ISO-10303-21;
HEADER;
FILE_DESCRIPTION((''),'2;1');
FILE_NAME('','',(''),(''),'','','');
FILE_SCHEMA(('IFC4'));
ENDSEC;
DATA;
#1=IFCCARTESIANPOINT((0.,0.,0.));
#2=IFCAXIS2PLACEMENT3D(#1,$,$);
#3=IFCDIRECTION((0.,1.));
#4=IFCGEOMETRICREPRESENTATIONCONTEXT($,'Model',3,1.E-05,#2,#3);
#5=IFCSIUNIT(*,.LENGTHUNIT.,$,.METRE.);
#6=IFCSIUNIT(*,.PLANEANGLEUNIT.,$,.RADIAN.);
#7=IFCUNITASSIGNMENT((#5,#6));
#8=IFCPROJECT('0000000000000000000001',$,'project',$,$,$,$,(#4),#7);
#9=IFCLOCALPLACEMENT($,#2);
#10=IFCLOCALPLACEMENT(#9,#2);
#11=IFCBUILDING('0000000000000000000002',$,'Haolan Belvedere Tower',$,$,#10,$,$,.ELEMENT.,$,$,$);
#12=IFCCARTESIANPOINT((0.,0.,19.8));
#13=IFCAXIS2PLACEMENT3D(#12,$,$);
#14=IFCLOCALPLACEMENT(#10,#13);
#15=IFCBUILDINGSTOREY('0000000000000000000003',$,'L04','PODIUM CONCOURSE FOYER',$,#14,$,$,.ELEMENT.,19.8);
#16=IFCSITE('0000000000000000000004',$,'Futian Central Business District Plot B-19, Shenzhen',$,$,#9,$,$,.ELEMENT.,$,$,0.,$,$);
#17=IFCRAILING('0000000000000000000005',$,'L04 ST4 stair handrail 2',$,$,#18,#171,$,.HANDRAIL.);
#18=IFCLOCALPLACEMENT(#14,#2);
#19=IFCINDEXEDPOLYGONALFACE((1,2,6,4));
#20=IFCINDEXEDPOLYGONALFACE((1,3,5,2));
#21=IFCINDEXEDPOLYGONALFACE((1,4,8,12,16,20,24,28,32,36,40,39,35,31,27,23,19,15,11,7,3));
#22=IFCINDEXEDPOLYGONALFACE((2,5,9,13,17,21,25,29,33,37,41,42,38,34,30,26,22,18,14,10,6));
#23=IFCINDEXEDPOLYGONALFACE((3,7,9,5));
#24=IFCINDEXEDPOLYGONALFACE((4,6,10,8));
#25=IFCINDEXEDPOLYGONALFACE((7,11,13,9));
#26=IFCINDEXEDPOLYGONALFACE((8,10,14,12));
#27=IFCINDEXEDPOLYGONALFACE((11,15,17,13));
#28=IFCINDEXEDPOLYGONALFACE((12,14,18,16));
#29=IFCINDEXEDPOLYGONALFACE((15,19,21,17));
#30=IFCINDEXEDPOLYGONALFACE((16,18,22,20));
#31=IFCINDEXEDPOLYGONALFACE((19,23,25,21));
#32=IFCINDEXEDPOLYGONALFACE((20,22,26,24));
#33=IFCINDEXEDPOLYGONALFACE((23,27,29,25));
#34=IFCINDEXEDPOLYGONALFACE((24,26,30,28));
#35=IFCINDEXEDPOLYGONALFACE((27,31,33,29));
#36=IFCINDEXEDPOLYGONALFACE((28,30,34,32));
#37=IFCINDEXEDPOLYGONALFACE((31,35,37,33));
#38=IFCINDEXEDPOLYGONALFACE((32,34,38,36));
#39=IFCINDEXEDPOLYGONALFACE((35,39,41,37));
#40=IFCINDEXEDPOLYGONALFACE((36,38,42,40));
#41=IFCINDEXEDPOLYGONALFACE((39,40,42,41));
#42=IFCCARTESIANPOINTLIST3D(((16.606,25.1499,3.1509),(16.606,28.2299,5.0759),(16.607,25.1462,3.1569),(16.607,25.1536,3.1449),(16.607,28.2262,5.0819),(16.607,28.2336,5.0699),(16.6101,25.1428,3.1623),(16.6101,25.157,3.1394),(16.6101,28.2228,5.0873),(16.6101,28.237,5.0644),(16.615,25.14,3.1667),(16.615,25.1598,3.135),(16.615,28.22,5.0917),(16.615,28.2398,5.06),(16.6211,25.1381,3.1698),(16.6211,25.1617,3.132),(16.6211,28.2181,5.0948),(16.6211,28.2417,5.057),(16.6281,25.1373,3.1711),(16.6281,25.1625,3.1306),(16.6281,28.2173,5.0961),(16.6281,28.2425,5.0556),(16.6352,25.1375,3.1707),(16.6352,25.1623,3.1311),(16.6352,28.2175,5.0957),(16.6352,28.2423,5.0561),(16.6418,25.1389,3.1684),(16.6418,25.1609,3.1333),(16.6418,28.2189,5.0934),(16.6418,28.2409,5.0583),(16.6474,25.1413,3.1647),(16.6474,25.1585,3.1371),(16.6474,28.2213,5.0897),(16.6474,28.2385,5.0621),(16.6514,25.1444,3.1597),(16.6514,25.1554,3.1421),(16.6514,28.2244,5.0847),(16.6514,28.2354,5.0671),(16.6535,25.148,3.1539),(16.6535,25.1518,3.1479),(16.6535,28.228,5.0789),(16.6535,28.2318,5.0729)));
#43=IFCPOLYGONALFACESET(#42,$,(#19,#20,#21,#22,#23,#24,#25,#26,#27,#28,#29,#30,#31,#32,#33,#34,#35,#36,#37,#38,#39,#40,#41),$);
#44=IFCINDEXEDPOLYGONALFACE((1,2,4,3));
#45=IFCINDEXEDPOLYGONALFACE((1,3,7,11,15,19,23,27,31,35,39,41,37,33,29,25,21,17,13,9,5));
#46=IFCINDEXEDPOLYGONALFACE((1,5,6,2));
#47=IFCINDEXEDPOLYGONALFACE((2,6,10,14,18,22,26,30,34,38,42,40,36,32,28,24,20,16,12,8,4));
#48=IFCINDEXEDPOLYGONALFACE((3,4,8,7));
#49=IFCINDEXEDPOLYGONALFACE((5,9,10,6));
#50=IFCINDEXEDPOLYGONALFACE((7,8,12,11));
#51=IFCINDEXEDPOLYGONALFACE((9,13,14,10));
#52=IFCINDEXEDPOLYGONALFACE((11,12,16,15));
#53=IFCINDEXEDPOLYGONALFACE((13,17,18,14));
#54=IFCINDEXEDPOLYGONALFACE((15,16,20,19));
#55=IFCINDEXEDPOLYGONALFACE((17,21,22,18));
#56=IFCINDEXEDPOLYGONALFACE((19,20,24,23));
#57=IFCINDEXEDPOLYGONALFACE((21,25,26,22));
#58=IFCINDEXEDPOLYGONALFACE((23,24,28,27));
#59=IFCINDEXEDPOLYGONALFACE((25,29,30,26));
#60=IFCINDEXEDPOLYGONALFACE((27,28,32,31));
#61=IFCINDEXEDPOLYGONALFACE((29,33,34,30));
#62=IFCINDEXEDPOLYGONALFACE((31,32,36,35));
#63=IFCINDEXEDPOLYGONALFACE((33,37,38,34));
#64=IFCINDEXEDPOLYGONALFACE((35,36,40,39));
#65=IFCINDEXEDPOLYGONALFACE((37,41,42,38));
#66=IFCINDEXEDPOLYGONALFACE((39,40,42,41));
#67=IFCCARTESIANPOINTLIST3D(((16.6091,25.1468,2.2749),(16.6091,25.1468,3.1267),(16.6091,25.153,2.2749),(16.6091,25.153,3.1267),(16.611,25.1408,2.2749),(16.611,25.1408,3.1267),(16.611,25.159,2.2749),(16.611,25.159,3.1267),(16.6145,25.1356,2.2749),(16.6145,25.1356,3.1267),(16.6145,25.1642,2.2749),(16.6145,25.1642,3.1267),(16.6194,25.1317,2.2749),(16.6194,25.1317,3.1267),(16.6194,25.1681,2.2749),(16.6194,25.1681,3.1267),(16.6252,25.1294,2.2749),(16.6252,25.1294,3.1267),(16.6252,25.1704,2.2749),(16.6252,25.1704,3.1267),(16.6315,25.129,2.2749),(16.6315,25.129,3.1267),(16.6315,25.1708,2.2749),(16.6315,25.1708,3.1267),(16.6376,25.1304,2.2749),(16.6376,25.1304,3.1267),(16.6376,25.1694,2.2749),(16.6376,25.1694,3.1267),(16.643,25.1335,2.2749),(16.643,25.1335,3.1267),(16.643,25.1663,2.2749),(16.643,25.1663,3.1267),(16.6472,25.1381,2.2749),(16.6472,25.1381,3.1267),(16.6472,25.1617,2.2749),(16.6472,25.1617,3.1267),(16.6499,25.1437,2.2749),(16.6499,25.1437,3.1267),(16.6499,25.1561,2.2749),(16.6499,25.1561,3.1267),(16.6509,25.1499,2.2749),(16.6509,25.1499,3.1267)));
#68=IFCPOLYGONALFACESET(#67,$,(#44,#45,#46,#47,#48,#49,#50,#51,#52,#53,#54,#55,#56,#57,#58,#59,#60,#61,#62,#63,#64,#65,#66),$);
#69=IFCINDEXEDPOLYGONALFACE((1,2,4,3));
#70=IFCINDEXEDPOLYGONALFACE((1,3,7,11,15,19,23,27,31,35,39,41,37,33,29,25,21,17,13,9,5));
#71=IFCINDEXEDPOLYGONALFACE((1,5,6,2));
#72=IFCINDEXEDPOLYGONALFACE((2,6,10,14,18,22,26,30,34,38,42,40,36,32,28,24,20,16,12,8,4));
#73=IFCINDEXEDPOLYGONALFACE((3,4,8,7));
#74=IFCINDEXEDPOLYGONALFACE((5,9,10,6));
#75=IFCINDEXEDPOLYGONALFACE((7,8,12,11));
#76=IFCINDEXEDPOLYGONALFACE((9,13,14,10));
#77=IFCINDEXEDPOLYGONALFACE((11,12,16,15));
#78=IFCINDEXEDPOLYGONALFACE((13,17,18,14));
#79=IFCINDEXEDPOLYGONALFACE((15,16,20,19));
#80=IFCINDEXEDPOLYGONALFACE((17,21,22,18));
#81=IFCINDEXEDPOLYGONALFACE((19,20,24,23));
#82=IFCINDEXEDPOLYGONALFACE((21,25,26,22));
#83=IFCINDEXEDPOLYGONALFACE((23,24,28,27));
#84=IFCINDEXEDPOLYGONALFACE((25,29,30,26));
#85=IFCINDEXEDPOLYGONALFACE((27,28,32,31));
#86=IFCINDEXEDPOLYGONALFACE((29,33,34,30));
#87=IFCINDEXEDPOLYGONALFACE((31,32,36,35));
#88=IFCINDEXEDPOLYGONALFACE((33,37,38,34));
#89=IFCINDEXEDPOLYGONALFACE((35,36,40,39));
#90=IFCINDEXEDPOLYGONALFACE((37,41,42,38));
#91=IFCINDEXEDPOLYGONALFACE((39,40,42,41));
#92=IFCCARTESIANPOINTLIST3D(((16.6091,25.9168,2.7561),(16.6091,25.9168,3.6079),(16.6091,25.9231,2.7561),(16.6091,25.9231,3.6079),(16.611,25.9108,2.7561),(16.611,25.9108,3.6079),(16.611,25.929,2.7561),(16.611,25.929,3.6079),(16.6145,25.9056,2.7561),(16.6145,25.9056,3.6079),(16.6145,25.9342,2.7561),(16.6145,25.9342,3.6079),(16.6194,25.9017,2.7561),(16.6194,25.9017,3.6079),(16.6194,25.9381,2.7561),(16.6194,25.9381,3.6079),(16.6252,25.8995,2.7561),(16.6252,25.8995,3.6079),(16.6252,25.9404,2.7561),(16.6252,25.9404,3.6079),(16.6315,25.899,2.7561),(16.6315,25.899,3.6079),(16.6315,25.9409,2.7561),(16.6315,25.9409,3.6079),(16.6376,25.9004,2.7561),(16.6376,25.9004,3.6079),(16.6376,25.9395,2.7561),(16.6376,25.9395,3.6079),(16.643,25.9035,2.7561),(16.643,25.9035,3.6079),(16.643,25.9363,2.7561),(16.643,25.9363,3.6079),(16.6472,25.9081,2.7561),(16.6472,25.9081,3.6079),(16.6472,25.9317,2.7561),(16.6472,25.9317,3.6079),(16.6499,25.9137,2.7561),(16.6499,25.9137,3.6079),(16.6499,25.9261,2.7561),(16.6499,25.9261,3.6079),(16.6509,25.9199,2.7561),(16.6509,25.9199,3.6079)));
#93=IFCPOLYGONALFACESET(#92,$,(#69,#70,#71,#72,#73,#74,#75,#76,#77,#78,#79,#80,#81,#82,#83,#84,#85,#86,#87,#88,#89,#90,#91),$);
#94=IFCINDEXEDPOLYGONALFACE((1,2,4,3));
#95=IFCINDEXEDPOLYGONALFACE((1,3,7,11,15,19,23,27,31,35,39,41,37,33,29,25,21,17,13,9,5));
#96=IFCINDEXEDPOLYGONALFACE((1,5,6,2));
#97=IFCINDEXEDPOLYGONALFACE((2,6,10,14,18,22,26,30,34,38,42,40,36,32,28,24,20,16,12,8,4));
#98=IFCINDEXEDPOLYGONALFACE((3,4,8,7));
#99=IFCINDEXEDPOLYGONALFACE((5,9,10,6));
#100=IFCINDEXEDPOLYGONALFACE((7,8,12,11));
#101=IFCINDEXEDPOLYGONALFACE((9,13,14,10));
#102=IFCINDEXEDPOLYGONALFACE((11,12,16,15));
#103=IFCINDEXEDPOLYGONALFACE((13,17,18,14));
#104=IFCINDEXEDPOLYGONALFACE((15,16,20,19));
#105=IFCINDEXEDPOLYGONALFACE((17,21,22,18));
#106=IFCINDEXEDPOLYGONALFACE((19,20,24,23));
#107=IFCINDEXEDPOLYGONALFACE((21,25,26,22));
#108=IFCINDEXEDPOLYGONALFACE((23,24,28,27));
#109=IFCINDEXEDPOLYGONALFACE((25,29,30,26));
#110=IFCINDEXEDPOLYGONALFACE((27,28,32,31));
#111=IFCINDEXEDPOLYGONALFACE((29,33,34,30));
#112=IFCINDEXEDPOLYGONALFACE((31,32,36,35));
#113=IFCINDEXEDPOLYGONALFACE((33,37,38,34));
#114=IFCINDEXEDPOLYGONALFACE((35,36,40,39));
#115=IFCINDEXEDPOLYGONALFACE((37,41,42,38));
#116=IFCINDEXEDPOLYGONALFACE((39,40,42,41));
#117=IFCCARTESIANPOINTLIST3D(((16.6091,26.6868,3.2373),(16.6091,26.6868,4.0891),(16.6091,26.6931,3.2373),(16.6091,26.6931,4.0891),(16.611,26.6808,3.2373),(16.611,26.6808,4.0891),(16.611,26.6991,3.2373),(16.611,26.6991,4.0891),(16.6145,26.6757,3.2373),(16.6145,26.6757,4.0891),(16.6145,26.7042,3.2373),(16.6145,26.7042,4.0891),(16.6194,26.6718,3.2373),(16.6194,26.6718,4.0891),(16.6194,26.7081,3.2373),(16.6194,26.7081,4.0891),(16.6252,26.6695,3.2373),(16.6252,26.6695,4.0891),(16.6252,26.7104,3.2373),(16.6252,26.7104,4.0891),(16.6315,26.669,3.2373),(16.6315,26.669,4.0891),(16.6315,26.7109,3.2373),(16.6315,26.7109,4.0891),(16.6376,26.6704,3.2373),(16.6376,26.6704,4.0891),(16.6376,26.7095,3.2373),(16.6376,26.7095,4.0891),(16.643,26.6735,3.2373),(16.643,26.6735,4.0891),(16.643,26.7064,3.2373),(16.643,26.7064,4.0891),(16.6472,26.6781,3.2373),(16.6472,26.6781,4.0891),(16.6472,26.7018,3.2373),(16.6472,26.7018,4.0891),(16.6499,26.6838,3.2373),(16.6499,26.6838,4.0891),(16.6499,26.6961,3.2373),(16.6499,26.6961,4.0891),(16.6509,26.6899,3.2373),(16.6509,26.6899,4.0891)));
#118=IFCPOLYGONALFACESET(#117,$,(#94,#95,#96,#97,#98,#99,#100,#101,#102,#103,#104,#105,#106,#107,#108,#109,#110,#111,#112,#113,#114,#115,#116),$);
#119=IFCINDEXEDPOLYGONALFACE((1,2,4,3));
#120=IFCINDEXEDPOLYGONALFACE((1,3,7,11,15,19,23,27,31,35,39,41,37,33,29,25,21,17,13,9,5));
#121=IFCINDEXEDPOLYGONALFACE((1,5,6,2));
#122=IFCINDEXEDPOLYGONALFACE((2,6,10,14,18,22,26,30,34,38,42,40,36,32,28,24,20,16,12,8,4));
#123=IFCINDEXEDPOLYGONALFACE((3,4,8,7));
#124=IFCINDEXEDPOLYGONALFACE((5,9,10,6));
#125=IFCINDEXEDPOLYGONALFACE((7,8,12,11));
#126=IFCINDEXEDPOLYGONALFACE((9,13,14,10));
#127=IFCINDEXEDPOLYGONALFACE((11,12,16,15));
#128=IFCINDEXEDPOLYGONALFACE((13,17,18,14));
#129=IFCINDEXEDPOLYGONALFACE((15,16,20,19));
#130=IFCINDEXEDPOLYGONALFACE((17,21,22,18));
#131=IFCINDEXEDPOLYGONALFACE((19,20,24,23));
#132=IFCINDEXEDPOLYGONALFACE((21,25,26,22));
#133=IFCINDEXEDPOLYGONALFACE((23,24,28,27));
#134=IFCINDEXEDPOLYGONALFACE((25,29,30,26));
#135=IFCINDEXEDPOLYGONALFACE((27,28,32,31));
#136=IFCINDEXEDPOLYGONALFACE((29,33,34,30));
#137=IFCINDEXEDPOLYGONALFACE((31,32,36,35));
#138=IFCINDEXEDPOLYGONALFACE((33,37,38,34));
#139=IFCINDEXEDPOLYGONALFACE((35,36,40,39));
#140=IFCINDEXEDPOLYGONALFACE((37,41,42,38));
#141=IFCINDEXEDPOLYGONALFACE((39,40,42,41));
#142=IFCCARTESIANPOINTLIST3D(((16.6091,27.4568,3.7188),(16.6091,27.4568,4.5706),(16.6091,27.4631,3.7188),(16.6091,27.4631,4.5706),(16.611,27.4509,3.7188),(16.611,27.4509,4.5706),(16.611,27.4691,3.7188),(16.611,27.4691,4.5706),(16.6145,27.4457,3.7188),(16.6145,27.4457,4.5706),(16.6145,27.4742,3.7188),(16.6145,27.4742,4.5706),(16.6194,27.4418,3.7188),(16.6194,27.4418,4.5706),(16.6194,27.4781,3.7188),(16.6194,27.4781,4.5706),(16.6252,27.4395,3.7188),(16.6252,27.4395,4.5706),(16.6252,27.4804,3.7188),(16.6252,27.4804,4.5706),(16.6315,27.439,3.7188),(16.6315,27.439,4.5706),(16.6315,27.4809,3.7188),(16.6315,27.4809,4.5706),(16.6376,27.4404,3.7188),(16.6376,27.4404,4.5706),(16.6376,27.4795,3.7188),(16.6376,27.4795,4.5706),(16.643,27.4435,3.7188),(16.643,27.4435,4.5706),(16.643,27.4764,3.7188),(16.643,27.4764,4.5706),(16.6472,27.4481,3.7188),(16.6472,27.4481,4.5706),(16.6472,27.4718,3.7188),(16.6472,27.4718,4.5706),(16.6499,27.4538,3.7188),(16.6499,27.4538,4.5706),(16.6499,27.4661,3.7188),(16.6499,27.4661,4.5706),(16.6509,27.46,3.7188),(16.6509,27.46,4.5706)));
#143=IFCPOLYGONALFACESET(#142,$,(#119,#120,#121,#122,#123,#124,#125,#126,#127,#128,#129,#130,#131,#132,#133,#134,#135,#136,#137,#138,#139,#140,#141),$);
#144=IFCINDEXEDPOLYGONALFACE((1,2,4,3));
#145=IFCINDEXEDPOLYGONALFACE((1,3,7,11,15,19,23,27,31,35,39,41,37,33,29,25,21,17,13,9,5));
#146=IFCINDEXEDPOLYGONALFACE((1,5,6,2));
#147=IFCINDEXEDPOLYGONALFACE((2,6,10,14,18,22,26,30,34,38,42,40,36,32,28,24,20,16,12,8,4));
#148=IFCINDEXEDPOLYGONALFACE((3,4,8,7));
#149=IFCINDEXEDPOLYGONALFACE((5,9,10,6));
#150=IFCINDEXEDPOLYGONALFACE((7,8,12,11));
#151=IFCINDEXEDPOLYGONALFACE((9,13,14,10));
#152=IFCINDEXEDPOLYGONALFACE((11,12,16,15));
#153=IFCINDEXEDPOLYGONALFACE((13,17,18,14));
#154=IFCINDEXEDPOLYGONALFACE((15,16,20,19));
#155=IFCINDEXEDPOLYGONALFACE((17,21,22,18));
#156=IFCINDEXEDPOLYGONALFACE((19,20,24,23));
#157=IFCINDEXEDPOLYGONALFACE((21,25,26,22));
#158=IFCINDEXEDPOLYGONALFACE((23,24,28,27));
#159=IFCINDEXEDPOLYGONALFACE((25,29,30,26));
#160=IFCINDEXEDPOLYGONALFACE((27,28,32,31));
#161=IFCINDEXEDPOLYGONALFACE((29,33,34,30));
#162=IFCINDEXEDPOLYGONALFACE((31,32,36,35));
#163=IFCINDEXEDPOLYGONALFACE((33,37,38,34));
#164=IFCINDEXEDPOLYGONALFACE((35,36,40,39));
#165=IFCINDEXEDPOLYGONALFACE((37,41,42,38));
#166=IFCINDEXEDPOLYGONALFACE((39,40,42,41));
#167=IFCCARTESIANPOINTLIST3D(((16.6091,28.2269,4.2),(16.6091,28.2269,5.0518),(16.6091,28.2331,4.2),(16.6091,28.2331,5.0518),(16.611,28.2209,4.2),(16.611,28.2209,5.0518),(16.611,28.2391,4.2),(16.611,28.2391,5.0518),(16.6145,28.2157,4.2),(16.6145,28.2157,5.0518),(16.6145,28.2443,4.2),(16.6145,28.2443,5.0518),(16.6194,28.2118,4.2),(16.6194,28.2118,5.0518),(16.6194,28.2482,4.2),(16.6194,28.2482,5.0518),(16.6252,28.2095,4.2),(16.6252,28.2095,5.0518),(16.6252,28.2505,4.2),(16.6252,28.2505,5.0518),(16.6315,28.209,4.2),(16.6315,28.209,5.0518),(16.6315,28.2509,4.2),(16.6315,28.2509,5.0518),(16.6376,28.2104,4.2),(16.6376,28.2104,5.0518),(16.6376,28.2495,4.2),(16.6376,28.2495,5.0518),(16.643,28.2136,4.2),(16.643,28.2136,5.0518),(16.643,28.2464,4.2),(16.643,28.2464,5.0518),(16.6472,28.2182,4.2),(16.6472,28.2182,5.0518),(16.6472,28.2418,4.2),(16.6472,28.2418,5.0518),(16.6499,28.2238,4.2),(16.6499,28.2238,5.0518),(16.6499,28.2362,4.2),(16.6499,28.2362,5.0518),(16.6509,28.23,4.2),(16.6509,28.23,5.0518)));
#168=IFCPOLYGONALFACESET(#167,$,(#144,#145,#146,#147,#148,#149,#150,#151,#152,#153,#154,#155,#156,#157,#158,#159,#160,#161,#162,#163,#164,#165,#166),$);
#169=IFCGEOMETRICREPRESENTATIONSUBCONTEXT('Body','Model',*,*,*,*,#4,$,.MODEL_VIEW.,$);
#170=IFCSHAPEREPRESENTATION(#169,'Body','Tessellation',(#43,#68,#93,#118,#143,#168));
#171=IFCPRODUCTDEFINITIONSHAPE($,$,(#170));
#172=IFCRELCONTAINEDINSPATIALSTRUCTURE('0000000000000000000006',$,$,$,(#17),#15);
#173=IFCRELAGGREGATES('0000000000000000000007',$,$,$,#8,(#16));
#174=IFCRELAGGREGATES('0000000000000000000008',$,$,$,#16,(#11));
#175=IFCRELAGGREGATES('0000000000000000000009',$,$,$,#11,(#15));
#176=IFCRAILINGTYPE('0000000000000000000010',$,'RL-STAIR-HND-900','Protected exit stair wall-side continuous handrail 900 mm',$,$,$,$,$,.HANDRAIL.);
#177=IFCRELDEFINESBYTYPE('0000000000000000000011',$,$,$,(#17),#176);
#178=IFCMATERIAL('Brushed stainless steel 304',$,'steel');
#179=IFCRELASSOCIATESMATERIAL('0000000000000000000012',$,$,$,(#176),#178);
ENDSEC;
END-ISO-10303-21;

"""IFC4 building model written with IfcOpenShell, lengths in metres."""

from ifc_helpers import new_model, si_unit, direction, frame, origin, origin_2d, place, context, subcontext, project, spatial, circle, extrude, material, type_object, element, save


model = new_model("IFC4")

# Units and contexts
model_context = context("Model", 3, precision=1e-05, world=origin(), true_north=direction((0.0, 1.0)))
body_context = subcontext(model_context, "Body", "Model", "MODEL_VIEW")
ifc_project = project(units=[si_unit("LENGTHUNIT", "METRE"), si_unit("PLANEANGLEUNIT", "RADIAN")], contexts=[model_context])

# Site, building, storey
site_placement = place(None, origin())
site = spatial("IfcSite", under=ifc_project, at=site_placement, Name="Futian Central Business District Plot B-19, Shenzhen", CompositionType="ELEMENT", RefElevation=0.0)
building_placement = place(site_placement, origin())
building = spatial("IfcBuilding", under=site, at=building_placement, Name="Haolan Belvedere Tower", CompositionType="ELEMENT")
storey_placement = place(building_placement, frame((0.0, 0.0, 19.8)))
storey = spatial("IfcBuildingStorey", under=building, at=storey_placement, Name="L04", Description="PODIUM CONCOURSE FOYER", CompositionType="ELEMENT", Elevation=19.8)

# Railing
ifc_material_1 = material(Name="Brushed stainless steel 304", Category="steel")
railing_type_1 = type_object("IfcRailingType", Name="RL-STAIR-HND-900", Description="Protected exit stair wall-side continuous handrail 900 mm", PredefinedType="HANDRAIL", material=ifc_material_1)
railing_1_placement = place(storey_placement, frame((16.6299, 25.1499, 2.2749)))
element("IfcRailing", 1, at=railing_1_placement, inside=storey, type_object=railing_type_1, Name="L04 ST4 stair handrail 2", PredefinedType="HANDRAIL", context=body_context, shape_type="SweptSolid", body=[
    extrude(circle(Radius=0.0239, at=origin_2d()), frame((0.0, 0.0, 0.876), z_axis=(0.0, 0.847998, 0.529999), x_axis=(-1.0, 0.0, 0.0)), (0.0, 0.0, 1.0), 3.6321),
    extrude(circle(Radius=0.021, at=origin_2d()), origin(), (0.0, 0.0, 1.0), 0.8518),
    extrude(circle(Radius=0.021, at=origin_2d()), frame((0.0, 0.77, 0.4812)), (0.0, 0.0, 1.0), 0.8518),
    extrude(circle(Radius=0.021, at=origin_2d()), frame((0.0, 1.54, 0.9624)), (0.0, 0.0, 1.0), 0.8518),
    extrude(circle(Radius=0.021, at=origin_2d()), frame((0.0, 2.3101, 1.4438)), (0.0, 0.0, 1.0), 0.8518),
    extrude(circle(Radius=0.021, at=origin_2d()), frame((0.0, 3.0801, 1.925)), (0.0, 0.0, 1.0), 0.8518),
])

save(model, "model.ifc")
